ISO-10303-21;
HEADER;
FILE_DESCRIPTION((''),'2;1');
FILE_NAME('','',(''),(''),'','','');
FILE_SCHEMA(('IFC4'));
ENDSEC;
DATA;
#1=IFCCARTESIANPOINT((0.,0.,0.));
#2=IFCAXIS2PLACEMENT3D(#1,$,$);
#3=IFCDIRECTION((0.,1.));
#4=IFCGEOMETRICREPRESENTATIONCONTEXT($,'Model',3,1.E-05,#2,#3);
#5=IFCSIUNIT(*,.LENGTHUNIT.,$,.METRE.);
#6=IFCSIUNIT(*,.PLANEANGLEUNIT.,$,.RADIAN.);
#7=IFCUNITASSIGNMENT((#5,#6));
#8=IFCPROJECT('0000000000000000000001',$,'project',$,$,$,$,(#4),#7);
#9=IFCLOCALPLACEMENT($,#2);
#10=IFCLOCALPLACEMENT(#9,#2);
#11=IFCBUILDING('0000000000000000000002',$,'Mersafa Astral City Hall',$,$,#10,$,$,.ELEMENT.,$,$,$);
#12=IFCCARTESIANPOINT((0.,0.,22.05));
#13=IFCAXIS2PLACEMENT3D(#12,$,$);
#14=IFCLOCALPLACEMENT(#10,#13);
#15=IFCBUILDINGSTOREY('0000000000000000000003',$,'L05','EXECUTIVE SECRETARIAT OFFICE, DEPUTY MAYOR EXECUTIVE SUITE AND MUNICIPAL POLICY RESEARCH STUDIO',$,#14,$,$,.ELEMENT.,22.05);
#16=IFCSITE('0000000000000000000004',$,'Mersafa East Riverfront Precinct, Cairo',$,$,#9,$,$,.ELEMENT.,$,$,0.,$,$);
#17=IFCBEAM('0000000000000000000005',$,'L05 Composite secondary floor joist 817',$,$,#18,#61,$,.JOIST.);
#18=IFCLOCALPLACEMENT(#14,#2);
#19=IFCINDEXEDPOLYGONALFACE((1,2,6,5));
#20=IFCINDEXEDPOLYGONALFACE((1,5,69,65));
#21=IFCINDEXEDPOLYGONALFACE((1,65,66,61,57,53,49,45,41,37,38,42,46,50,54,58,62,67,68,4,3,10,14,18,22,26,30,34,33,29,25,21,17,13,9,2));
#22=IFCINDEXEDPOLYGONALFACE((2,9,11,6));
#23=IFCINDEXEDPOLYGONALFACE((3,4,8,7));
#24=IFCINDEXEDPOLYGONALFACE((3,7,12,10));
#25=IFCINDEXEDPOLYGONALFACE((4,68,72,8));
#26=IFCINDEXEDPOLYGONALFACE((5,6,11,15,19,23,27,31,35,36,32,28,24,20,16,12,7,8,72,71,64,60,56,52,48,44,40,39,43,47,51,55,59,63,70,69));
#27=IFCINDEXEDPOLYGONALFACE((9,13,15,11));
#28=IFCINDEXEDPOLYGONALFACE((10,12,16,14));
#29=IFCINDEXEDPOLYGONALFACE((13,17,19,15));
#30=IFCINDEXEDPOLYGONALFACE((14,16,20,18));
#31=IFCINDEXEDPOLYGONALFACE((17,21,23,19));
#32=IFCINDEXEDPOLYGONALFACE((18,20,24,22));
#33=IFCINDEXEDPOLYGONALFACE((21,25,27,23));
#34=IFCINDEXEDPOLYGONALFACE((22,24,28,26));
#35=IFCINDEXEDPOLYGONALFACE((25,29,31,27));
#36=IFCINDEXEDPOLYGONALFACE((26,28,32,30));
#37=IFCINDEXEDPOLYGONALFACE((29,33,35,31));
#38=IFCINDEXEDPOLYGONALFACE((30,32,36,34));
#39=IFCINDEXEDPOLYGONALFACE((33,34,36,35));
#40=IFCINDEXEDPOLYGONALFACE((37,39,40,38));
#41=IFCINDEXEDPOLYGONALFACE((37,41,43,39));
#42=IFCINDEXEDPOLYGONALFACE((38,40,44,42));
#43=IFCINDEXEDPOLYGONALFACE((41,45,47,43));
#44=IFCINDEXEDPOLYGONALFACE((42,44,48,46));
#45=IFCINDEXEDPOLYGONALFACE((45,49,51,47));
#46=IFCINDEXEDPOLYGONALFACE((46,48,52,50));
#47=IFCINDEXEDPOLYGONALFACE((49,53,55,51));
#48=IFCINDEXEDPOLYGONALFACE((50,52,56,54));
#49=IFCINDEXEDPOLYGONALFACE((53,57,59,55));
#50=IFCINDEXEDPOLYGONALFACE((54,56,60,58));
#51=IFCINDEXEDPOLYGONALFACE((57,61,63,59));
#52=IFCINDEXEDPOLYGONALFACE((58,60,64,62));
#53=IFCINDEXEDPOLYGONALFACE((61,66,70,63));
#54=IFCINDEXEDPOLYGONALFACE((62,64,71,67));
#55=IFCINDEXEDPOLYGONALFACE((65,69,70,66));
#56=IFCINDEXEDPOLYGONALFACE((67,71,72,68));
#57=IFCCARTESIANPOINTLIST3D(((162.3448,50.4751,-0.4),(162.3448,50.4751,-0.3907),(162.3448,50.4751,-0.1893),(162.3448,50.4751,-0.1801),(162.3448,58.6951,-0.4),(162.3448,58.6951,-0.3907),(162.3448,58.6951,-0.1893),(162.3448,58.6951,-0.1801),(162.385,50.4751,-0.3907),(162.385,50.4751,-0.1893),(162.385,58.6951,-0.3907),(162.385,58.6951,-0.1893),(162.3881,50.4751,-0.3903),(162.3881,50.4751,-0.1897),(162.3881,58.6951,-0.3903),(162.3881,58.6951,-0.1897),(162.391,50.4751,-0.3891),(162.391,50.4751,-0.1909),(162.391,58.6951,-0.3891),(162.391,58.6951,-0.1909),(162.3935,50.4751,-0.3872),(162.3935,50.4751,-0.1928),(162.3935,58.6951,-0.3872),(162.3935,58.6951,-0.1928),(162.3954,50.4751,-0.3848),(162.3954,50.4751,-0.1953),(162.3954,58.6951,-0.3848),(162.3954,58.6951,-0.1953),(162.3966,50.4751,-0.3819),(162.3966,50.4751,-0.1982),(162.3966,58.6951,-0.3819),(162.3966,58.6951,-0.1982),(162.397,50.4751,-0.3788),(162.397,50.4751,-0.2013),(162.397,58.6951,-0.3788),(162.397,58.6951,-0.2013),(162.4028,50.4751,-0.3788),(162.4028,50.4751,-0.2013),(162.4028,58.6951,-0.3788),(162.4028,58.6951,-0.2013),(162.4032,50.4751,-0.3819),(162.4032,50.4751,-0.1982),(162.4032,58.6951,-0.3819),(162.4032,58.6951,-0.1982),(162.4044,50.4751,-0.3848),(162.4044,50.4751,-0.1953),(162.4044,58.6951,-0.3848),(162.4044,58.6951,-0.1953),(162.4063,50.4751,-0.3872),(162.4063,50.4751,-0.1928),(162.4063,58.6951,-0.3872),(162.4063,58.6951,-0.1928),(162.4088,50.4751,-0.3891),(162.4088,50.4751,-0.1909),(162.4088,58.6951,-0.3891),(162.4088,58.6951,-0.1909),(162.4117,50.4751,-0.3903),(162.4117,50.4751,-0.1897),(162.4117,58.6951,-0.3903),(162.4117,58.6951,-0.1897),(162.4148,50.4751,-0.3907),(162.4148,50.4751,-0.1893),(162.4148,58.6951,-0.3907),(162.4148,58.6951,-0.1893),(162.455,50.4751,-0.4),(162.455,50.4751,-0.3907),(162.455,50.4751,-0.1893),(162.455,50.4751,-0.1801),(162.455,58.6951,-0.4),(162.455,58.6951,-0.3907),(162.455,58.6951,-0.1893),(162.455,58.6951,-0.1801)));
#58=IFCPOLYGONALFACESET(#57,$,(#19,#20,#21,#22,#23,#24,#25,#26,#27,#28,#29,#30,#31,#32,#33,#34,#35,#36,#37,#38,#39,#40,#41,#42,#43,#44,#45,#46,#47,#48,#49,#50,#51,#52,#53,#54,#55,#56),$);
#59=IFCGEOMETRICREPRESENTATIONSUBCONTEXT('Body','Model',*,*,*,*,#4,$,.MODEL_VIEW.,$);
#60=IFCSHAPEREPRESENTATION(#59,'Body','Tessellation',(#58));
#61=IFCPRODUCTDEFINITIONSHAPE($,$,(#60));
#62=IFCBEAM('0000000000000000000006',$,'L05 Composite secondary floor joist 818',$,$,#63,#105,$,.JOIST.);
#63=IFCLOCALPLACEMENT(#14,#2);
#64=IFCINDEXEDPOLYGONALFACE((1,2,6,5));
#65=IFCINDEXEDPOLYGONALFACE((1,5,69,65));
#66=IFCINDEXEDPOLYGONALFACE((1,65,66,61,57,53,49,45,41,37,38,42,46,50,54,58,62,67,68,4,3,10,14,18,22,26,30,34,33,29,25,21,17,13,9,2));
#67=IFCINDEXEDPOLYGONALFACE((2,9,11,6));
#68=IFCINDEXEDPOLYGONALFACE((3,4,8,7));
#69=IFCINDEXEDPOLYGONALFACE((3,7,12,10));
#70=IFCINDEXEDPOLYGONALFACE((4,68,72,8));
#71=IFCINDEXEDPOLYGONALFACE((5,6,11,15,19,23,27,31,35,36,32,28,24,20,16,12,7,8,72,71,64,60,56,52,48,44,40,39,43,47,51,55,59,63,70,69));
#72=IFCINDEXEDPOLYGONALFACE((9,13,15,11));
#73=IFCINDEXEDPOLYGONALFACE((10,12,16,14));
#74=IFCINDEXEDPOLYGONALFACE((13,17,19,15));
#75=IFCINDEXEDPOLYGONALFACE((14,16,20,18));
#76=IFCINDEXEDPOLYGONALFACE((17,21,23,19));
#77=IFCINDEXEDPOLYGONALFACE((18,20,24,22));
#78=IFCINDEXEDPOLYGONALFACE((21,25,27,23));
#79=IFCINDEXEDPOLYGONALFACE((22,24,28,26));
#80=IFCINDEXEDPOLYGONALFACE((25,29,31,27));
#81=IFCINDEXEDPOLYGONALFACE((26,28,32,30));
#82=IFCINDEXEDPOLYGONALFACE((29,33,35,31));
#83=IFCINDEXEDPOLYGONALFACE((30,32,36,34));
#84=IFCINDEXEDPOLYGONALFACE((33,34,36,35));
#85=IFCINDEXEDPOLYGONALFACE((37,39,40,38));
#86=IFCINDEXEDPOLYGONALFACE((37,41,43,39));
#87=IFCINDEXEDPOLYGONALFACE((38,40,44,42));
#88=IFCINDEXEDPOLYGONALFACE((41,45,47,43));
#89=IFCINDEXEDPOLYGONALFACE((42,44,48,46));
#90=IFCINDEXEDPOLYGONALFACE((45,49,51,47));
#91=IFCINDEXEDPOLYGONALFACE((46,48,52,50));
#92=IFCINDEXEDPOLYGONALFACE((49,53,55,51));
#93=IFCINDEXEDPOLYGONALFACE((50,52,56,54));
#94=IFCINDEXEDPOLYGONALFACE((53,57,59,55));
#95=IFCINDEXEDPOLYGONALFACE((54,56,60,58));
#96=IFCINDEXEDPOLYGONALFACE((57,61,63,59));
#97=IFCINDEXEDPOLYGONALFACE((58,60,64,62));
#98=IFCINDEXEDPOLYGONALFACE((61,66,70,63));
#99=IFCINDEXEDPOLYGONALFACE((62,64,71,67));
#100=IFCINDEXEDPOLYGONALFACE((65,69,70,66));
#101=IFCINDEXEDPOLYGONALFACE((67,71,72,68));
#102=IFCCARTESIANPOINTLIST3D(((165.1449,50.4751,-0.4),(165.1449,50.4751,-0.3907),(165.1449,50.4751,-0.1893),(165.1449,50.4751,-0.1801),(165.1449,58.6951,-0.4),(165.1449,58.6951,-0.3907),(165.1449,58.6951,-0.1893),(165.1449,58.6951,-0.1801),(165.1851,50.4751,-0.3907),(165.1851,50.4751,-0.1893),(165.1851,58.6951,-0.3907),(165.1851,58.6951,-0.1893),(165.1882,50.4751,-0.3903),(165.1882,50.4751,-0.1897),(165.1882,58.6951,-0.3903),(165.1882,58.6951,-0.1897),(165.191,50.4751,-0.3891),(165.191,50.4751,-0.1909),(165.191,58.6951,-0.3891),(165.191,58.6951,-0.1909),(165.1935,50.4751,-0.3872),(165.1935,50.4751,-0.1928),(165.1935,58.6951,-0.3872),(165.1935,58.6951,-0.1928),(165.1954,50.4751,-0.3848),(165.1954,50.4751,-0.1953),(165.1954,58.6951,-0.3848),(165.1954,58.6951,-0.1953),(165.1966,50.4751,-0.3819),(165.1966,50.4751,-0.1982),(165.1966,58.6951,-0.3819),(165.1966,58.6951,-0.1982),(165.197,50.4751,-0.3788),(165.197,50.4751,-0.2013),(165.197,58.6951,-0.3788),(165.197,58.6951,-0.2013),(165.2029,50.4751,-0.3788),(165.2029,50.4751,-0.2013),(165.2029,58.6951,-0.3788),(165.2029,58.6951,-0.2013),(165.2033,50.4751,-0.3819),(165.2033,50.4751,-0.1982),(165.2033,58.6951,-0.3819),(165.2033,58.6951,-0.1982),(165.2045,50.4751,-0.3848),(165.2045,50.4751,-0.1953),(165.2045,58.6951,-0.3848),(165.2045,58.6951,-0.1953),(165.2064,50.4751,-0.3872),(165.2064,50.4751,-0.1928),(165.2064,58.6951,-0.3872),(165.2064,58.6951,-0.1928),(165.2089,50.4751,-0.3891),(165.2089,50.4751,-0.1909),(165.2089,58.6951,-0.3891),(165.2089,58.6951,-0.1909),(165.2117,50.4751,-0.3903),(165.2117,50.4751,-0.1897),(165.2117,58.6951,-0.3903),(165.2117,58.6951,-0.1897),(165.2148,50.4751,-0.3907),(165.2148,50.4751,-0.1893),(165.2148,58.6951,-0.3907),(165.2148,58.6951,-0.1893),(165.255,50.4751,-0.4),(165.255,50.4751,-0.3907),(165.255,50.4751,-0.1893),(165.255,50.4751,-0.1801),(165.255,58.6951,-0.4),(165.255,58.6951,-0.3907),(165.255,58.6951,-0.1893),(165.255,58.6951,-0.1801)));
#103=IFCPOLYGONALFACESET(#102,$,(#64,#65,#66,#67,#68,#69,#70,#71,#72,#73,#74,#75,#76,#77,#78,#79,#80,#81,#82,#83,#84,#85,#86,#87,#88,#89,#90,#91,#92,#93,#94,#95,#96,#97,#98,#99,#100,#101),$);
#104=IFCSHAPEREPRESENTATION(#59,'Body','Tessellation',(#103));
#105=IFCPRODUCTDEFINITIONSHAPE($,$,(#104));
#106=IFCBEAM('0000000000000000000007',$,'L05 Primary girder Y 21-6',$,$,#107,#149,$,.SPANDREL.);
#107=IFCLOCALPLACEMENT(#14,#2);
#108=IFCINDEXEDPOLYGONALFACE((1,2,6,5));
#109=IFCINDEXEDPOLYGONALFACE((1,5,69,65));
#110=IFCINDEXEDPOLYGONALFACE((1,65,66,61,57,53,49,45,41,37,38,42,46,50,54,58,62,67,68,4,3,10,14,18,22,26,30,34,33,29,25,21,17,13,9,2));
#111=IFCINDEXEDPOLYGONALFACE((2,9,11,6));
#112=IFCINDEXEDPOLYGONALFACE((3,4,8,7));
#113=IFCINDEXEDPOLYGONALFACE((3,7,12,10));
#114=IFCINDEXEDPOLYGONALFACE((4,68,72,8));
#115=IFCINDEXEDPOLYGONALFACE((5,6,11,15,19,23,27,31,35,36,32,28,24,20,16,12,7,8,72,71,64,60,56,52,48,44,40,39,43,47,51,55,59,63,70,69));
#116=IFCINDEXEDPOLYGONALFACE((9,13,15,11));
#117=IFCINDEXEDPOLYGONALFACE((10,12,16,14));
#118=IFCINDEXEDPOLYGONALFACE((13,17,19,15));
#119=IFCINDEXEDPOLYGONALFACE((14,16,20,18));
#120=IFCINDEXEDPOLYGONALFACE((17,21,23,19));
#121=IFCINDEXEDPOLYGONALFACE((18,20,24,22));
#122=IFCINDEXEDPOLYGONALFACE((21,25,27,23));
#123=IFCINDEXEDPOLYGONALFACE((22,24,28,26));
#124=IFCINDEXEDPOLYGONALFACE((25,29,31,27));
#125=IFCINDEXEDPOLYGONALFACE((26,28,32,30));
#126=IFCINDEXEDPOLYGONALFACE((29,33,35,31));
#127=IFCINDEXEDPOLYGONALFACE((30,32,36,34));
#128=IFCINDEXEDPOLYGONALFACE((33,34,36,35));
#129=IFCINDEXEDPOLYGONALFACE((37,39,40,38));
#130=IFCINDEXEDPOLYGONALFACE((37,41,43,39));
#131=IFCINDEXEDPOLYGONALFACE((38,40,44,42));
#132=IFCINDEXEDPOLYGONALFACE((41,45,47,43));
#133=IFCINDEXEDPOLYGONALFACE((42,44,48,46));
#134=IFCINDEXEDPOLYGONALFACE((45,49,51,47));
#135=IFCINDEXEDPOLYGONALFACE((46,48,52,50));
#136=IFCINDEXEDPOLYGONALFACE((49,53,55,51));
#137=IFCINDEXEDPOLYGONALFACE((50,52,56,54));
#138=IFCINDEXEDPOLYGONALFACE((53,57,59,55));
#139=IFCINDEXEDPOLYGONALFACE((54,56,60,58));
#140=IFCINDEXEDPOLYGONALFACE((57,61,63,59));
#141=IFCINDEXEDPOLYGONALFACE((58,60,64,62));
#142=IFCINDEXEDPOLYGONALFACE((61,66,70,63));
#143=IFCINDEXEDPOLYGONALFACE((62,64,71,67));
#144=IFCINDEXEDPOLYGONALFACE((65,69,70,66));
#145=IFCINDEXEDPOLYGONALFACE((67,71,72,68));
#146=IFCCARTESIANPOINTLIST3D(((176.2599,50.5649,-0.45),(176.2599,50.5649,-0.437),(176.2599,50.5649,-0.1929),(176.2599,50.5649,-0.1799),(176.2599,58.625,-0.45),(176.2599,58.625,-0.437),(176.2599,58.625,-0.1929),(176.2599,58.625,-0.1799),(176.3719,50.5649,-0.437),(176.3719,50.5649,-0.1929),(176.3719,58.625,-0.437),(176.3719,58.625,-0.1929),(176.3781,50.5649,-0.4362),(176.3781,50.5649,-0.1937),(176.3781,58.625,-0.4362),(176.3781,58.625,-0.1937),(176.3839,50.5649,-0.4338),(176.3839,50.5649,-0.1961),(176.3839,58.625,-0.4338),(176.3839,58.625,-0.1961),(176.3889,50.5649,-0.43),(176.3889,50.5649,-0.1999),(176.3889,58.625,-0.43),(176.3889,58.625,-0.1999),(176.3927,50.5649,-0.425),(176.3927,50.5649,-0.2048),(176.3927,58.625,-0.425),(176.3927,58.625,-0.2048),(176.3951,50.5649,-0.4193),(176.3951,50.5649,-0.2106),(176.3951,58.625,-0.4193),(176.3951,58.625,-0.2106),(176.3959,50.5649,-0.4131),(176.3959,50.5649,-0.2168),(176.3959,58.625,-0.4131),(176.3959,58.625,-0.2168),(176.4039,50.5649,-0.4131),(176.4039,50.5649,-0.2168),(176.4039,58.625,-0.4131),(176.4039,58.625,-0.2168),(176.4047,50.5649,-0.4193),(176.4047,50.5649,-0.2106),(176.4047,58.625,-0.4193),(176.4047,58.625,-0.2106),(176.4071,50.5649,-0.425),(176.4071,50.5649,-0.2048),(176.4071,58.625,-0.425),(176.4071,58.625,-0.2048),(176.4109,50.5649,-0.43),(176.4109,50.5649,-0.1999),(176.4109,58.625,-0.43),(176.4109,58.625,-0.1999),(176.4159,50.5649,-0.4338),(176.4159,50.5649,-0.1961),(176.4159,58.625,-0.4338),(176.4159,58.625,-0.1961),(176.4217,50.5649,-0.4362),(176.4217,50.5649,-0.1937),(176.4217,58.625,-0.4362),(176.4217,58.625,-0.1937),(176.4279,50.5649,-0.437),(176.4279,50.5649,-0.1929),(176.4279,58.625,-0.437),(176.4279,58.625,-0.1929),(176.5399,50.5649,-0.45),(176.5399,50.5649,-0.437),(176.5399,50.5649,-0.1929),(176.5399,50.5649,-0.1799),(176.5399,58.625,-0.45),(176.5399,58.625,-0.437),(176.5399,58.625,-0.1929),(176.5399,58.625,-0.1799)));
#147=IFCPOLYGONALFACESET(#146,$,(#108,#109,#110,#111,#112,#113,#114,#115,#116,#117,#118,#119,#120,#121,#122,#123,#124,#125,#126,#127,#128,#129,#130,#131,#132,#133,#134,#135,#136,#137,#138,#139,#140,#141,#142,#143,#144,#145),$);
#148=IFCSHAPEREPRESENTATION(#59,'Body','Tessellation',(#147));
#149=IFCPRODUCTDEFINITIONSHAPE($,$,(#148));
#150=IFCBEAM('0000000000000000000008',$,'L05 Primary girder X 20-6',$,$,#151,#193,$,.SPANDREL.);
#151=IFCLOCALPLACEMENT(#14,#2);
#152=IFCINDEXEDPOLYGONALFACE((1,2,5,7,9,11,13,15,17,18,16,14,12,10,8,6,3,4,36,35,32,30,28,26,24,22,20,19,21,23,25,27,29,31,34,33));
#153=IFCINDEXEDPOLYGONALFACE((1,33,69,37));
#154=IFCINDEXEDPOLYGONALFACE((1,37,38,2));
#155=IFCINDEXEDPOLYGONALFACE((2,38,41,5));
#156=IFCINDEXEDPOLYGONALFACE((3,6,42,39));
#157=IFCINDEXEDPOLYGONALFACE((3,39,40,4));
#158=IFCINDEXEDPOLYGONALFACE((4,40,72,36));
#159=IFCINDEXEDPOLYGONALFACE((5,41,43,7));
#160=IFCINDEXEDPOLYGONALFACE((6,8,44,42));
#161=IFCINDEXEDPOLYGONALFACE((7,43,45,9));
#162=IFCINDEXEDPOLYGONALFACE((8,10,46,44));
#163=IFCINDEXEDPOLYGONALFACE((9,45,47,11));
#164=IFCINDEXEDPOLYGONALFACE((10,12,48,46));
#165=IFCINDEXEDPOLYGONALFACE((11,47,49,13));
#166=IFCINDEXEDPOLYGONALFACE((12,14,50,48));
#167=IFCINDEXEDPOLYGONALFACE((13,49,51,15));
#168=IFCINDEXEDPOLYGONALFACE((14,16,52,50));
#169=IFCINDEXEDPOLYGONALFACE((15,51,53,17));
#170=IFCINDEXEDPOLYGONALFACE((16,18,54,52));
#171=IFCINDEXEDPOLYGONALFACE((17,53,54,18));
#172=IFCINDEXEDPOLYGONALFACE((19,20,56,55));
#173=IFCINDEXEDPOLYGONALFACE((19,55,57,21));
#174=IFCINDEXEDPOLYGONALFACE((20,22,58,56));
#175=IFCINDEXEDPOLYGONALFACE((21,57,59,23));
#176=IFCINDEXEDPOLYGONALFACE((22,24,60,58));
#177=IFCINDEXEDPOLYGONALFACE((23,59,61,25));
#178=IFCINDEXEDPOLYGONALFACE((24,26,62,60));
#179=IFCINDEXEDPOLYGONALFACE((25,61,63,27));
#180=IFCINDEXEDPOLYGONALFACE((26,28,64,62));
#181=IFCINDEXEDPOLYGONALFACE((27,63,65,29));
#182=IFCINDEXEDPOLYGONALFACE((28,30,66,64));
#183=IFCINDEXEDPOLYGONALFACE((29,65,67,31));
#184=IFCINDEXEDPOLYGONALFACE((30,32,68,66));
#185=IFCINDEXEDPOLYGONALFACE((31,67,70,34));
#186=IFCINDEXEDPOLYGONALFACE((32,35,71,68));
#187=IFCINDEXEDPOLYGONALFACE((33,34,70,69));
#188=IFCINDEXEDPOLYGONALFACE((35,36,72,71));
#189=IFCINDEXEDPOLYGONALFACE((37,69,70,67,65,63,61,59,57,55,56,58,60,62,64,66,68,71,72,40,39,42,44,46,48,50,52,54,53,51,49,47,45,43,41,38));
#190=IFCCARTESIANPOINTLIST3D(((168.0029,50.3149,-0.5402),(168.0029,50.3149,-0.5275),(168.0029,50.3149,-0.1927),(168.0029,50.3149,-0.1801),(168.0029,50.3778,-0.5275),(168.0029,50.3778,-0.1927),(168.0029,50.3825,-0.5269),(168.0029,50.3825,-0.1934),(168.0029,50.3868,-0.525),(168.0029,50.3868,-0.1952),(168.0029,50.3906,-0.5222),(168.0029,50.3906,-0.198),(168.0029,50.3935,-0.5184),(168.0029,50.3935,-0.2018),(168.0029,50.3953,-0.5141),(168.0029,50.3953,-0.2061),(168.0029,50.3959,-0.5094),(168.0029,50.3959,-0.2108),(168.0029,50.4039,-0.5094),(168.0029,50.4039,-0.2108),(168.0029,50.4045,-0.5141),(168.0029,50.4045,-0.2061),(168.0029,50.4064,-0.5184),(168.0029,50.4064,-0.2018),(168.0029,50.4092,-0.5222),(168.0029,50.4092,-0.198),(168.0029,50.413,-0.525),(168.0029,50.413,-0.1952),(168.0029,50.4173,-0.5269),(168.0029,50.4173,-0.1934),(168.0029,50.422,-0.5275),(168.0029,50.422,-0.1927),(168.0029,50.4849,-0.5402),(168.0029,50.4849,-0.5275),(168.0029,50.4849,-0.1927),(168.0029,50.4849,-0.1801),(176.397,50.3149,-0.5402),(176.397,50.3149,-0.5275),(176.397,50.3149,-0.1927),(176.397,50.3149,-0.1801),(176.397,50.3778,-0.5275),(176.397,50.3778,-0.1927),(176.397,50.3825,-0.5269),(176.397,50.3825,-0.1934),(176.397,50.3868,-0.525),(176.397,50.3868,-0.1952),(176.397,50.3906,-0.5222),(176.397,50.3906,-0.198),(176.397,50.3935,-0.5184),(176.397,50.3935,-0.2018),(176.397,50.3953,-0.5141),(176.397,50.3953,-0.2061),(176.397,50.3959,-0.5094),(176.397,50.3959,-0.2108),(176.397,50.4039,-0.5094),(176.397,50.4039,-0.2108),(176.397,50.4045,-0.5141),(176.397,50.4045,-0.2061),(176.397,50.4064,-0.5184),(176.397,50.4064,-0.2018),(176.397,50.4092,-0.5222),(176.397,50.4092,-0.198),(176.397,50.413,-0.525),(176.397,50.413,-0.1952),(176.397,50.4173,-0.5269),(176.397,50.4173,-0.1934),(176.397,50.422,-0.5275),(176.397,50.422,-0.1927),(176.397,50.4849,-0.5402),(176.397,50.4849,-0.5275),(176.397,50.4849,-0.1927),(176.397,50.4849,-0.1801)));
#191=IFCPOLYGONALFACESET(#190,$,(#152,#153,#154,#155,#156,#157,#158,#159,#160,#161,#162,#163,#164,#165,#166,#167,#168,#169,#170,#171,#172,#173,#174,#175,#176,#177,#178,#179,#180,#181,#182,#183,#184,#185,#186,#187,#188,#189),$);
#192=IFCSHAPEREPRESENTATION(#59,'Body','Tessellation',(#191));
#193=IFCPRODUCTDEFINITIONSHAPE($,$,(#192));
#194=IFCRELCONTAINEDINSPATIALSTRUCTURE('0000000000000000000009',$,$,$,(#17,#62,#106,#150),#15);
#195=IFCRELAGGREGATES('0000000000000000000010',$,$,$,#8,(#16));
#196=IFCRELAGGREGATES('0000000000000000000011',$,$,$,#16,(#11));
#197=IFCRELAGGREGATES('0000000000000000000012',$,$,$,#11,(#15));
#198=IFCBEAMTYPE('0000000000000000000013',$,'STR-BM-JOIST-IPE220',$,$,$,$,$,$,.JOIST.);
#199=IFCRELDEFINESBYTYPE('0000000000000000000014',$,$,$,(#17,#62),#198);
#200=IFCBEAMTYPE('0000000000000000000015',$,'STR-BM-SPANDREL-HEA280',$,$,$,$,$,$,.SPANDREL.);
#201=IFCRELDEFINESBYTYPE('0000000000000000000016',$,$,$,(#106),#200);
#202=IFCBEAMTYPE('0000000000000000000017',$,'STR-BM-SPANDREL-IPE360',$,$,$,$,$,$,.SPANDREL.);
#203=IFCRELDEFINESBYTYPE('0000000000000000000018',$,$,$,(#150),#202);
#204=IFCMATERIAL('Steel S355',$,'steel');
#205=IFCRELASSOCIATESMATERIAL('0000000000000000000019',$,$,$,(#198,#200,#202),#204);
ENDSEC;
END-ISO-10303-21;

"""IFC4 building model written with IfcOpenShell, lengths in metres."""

from ifc_helpers import new_model, si_unit, direction, frame, origin, origin_2d, place, context, subcontext, project, spatial, i_section, extrude, material, material_profile, profile_set, type_object, element, save


model = new_model("IFC4")

# Units and contexts
model_context = context("Model", 3, precision=1e-05, world=origin(), true_north=direction((0.0, 1.0)))
body_context = subcontext(model_context, "Body", "Model", "MODEL_VIEW")
ifc_project = project(units=[si_unit("LENGTHUNIT", "METRE"), si_unit("PLANEANGLEUNIT", "RADIAN")], contexts=[model_context])

# Site, building, storey
site_placement = place(None, origin())
site = spatial("IfcSite", under=ifc_project, at=site_placement, Name="Mersafa East Riverfront Precinct, Cairo", CompositionType="ELEMENT", RefElevation=0.0)
building_placement = place(site_placement, origin())
building = spatial("IfcBuilding", under=site, at=building_placement, Name="Mersafa Astral City Hall", CompositionType="ELEMENT")
storey_placement = place(building_placement, frame((0.0, 0.0, 22.05)))
storey = spatial("IfcBuildingStorey", under=building, at=storey_placement, Name="L05", Description="EXECUTIVE SECRETARIAT OFFICE, DEPUTY MAYOR EXECUTIVE SUITE AND MUNICIPAL POLICY RESEARCH STUDIO", CompositionType="ELEMENT", Elevation=22.05)

# Shared definitions
ifc_material_1 = material(Name="Steel S355", Category="steel")

# Beams
ifc_material_profile_1 = material_profile(ifc_material_1, i_section(OverallWidth=0.1101, OverallDepth=0.22, WebThickness=0.0059, FlangeThickness=0.0093, FilletRadius=0.012, at=origin_2d()), Name="IPE 220")
ifc_profile_set_1 = profile_set([ifc_material_profile_1], Name="Steel S355")
beam_type_1 = type_object("IfcBeamType", Name="STR-BM-JOIST-IPE220", PredefinedType="JOIST", material=ifc_profile_set_1)
for number, where, z_axis, x_axis, name in (
    (1, (162.3999, 50.4751, -0.29), (0.0, 1.0, 0.0), (-1.0, 0.0, 0.0), "L05 Composite secondary floor joist 817"),
    (2, (165.2, 50.4751, -0.29), (0.0, 1.0, 0.0), (-1.0, 0.0, 0.0), "L05 Composite secondary floor joist 818"),
):
    element("IfcBeam", number, at=place(storey_placement, frame(where, z_axis=z_axis, x_axis=x_axis)), inside=storey, type_object=beam_type_1, Name=name, PredefinedType="JOIST", context=body_context, shape_type="SweptSolid", body=[
        extrude(i_section(OverallWidth=0.1101, OverallDepth=0.22, WebThickness=0.0059, FlangeThickness=0.0093, FilletRadius=0.012, at=origin_2d()), origin(), (0.0, 0.0, 1.0), 8.22),
    ])
ifc_material_profile_2 = material_profile(ifc_material_1, i_section(OverallWidth=0.28, OverallDepth=0.27, WebThickness=0.0081, FlangeThickness=0.0129, FilletRadius=0.0239, at=origin_2d()), Name="HEA 280")
ifc_profile_set_2 = profile_set([ifc_material_profile_2], Name="Steel S355")
beam_type_2 = type_object("IfcBeamType", Name="STR-BM-SPANDREL-HEA280", PredefinedType="SPANDREL", material=ifc_profile_set_2)
beam_1_placement = place(storey_placement, frame((176.3999, 50.5649, -0.3149), z_axis=(0.0, 1.0, 0.0), x_axis=(-1.0, 0.0, 0.0)))
element("IfcBeam", 3, at=beam_1_placement, inside=storey, type_object=beam_type_2, Name="L05 Primary girder Y 21-6", PredefinedType="SPANDREL", context=body_context, shape_type="SweptSolid", body=[
    extrude(i_section(OverallWidth=0.28, OverallDepth=0.27, WebThickness=0.0081, FlangeThickness=0.0129, FilletRadius=0.0239, at=origin_2d()), origin(), (0.0, 0.0, 1.0), 8.0601),
])
ifc_material_profile_3 = material_profile(ifc_material_1, i_section(OverallWidth=0.1699, OverallDepth=0.3601, WebThickness=0.0081, FlangeThickness=0.0127, FilletRadius=0.0181, at=origin_2d()), Name="IPE 360")
ifc_profile_set_3 = profile_set([ifc_material_profile_3], Name="Steel S355")
beam_type_3 = type_object("IfcBeamType", Name="STR-BM-SPANDREL-IPE360", PredefinedType="SPANDREL", material=ifc_profile_set_3)
beam_2_placement = place(storey_placement, frame((168.0029, 50.3999, -0.3601), z_axis=(1.0, 0.0, 0.0), x_axis=(0.0, 1.0, 0.0)))
element("IfcBeam", 4, at=beam_2_placement, inside=storey, type_object=beam_type_3, Name="L05 Primary girder X 20-6", PredefinedType="SPANDREL", context=body_context, shape_type="SweptSolid", body=[
    extrude(i_section(OverallWidth=0.1699, OverallDepth=0.3601, WebThickness=0.0081, FlangeThickness=0.0127, FilletRadius=0.0181, at=origin_2d()), origin(), (0.0, 0.0, 1.0), 8.394),
])

save(model, "model.ifc")
